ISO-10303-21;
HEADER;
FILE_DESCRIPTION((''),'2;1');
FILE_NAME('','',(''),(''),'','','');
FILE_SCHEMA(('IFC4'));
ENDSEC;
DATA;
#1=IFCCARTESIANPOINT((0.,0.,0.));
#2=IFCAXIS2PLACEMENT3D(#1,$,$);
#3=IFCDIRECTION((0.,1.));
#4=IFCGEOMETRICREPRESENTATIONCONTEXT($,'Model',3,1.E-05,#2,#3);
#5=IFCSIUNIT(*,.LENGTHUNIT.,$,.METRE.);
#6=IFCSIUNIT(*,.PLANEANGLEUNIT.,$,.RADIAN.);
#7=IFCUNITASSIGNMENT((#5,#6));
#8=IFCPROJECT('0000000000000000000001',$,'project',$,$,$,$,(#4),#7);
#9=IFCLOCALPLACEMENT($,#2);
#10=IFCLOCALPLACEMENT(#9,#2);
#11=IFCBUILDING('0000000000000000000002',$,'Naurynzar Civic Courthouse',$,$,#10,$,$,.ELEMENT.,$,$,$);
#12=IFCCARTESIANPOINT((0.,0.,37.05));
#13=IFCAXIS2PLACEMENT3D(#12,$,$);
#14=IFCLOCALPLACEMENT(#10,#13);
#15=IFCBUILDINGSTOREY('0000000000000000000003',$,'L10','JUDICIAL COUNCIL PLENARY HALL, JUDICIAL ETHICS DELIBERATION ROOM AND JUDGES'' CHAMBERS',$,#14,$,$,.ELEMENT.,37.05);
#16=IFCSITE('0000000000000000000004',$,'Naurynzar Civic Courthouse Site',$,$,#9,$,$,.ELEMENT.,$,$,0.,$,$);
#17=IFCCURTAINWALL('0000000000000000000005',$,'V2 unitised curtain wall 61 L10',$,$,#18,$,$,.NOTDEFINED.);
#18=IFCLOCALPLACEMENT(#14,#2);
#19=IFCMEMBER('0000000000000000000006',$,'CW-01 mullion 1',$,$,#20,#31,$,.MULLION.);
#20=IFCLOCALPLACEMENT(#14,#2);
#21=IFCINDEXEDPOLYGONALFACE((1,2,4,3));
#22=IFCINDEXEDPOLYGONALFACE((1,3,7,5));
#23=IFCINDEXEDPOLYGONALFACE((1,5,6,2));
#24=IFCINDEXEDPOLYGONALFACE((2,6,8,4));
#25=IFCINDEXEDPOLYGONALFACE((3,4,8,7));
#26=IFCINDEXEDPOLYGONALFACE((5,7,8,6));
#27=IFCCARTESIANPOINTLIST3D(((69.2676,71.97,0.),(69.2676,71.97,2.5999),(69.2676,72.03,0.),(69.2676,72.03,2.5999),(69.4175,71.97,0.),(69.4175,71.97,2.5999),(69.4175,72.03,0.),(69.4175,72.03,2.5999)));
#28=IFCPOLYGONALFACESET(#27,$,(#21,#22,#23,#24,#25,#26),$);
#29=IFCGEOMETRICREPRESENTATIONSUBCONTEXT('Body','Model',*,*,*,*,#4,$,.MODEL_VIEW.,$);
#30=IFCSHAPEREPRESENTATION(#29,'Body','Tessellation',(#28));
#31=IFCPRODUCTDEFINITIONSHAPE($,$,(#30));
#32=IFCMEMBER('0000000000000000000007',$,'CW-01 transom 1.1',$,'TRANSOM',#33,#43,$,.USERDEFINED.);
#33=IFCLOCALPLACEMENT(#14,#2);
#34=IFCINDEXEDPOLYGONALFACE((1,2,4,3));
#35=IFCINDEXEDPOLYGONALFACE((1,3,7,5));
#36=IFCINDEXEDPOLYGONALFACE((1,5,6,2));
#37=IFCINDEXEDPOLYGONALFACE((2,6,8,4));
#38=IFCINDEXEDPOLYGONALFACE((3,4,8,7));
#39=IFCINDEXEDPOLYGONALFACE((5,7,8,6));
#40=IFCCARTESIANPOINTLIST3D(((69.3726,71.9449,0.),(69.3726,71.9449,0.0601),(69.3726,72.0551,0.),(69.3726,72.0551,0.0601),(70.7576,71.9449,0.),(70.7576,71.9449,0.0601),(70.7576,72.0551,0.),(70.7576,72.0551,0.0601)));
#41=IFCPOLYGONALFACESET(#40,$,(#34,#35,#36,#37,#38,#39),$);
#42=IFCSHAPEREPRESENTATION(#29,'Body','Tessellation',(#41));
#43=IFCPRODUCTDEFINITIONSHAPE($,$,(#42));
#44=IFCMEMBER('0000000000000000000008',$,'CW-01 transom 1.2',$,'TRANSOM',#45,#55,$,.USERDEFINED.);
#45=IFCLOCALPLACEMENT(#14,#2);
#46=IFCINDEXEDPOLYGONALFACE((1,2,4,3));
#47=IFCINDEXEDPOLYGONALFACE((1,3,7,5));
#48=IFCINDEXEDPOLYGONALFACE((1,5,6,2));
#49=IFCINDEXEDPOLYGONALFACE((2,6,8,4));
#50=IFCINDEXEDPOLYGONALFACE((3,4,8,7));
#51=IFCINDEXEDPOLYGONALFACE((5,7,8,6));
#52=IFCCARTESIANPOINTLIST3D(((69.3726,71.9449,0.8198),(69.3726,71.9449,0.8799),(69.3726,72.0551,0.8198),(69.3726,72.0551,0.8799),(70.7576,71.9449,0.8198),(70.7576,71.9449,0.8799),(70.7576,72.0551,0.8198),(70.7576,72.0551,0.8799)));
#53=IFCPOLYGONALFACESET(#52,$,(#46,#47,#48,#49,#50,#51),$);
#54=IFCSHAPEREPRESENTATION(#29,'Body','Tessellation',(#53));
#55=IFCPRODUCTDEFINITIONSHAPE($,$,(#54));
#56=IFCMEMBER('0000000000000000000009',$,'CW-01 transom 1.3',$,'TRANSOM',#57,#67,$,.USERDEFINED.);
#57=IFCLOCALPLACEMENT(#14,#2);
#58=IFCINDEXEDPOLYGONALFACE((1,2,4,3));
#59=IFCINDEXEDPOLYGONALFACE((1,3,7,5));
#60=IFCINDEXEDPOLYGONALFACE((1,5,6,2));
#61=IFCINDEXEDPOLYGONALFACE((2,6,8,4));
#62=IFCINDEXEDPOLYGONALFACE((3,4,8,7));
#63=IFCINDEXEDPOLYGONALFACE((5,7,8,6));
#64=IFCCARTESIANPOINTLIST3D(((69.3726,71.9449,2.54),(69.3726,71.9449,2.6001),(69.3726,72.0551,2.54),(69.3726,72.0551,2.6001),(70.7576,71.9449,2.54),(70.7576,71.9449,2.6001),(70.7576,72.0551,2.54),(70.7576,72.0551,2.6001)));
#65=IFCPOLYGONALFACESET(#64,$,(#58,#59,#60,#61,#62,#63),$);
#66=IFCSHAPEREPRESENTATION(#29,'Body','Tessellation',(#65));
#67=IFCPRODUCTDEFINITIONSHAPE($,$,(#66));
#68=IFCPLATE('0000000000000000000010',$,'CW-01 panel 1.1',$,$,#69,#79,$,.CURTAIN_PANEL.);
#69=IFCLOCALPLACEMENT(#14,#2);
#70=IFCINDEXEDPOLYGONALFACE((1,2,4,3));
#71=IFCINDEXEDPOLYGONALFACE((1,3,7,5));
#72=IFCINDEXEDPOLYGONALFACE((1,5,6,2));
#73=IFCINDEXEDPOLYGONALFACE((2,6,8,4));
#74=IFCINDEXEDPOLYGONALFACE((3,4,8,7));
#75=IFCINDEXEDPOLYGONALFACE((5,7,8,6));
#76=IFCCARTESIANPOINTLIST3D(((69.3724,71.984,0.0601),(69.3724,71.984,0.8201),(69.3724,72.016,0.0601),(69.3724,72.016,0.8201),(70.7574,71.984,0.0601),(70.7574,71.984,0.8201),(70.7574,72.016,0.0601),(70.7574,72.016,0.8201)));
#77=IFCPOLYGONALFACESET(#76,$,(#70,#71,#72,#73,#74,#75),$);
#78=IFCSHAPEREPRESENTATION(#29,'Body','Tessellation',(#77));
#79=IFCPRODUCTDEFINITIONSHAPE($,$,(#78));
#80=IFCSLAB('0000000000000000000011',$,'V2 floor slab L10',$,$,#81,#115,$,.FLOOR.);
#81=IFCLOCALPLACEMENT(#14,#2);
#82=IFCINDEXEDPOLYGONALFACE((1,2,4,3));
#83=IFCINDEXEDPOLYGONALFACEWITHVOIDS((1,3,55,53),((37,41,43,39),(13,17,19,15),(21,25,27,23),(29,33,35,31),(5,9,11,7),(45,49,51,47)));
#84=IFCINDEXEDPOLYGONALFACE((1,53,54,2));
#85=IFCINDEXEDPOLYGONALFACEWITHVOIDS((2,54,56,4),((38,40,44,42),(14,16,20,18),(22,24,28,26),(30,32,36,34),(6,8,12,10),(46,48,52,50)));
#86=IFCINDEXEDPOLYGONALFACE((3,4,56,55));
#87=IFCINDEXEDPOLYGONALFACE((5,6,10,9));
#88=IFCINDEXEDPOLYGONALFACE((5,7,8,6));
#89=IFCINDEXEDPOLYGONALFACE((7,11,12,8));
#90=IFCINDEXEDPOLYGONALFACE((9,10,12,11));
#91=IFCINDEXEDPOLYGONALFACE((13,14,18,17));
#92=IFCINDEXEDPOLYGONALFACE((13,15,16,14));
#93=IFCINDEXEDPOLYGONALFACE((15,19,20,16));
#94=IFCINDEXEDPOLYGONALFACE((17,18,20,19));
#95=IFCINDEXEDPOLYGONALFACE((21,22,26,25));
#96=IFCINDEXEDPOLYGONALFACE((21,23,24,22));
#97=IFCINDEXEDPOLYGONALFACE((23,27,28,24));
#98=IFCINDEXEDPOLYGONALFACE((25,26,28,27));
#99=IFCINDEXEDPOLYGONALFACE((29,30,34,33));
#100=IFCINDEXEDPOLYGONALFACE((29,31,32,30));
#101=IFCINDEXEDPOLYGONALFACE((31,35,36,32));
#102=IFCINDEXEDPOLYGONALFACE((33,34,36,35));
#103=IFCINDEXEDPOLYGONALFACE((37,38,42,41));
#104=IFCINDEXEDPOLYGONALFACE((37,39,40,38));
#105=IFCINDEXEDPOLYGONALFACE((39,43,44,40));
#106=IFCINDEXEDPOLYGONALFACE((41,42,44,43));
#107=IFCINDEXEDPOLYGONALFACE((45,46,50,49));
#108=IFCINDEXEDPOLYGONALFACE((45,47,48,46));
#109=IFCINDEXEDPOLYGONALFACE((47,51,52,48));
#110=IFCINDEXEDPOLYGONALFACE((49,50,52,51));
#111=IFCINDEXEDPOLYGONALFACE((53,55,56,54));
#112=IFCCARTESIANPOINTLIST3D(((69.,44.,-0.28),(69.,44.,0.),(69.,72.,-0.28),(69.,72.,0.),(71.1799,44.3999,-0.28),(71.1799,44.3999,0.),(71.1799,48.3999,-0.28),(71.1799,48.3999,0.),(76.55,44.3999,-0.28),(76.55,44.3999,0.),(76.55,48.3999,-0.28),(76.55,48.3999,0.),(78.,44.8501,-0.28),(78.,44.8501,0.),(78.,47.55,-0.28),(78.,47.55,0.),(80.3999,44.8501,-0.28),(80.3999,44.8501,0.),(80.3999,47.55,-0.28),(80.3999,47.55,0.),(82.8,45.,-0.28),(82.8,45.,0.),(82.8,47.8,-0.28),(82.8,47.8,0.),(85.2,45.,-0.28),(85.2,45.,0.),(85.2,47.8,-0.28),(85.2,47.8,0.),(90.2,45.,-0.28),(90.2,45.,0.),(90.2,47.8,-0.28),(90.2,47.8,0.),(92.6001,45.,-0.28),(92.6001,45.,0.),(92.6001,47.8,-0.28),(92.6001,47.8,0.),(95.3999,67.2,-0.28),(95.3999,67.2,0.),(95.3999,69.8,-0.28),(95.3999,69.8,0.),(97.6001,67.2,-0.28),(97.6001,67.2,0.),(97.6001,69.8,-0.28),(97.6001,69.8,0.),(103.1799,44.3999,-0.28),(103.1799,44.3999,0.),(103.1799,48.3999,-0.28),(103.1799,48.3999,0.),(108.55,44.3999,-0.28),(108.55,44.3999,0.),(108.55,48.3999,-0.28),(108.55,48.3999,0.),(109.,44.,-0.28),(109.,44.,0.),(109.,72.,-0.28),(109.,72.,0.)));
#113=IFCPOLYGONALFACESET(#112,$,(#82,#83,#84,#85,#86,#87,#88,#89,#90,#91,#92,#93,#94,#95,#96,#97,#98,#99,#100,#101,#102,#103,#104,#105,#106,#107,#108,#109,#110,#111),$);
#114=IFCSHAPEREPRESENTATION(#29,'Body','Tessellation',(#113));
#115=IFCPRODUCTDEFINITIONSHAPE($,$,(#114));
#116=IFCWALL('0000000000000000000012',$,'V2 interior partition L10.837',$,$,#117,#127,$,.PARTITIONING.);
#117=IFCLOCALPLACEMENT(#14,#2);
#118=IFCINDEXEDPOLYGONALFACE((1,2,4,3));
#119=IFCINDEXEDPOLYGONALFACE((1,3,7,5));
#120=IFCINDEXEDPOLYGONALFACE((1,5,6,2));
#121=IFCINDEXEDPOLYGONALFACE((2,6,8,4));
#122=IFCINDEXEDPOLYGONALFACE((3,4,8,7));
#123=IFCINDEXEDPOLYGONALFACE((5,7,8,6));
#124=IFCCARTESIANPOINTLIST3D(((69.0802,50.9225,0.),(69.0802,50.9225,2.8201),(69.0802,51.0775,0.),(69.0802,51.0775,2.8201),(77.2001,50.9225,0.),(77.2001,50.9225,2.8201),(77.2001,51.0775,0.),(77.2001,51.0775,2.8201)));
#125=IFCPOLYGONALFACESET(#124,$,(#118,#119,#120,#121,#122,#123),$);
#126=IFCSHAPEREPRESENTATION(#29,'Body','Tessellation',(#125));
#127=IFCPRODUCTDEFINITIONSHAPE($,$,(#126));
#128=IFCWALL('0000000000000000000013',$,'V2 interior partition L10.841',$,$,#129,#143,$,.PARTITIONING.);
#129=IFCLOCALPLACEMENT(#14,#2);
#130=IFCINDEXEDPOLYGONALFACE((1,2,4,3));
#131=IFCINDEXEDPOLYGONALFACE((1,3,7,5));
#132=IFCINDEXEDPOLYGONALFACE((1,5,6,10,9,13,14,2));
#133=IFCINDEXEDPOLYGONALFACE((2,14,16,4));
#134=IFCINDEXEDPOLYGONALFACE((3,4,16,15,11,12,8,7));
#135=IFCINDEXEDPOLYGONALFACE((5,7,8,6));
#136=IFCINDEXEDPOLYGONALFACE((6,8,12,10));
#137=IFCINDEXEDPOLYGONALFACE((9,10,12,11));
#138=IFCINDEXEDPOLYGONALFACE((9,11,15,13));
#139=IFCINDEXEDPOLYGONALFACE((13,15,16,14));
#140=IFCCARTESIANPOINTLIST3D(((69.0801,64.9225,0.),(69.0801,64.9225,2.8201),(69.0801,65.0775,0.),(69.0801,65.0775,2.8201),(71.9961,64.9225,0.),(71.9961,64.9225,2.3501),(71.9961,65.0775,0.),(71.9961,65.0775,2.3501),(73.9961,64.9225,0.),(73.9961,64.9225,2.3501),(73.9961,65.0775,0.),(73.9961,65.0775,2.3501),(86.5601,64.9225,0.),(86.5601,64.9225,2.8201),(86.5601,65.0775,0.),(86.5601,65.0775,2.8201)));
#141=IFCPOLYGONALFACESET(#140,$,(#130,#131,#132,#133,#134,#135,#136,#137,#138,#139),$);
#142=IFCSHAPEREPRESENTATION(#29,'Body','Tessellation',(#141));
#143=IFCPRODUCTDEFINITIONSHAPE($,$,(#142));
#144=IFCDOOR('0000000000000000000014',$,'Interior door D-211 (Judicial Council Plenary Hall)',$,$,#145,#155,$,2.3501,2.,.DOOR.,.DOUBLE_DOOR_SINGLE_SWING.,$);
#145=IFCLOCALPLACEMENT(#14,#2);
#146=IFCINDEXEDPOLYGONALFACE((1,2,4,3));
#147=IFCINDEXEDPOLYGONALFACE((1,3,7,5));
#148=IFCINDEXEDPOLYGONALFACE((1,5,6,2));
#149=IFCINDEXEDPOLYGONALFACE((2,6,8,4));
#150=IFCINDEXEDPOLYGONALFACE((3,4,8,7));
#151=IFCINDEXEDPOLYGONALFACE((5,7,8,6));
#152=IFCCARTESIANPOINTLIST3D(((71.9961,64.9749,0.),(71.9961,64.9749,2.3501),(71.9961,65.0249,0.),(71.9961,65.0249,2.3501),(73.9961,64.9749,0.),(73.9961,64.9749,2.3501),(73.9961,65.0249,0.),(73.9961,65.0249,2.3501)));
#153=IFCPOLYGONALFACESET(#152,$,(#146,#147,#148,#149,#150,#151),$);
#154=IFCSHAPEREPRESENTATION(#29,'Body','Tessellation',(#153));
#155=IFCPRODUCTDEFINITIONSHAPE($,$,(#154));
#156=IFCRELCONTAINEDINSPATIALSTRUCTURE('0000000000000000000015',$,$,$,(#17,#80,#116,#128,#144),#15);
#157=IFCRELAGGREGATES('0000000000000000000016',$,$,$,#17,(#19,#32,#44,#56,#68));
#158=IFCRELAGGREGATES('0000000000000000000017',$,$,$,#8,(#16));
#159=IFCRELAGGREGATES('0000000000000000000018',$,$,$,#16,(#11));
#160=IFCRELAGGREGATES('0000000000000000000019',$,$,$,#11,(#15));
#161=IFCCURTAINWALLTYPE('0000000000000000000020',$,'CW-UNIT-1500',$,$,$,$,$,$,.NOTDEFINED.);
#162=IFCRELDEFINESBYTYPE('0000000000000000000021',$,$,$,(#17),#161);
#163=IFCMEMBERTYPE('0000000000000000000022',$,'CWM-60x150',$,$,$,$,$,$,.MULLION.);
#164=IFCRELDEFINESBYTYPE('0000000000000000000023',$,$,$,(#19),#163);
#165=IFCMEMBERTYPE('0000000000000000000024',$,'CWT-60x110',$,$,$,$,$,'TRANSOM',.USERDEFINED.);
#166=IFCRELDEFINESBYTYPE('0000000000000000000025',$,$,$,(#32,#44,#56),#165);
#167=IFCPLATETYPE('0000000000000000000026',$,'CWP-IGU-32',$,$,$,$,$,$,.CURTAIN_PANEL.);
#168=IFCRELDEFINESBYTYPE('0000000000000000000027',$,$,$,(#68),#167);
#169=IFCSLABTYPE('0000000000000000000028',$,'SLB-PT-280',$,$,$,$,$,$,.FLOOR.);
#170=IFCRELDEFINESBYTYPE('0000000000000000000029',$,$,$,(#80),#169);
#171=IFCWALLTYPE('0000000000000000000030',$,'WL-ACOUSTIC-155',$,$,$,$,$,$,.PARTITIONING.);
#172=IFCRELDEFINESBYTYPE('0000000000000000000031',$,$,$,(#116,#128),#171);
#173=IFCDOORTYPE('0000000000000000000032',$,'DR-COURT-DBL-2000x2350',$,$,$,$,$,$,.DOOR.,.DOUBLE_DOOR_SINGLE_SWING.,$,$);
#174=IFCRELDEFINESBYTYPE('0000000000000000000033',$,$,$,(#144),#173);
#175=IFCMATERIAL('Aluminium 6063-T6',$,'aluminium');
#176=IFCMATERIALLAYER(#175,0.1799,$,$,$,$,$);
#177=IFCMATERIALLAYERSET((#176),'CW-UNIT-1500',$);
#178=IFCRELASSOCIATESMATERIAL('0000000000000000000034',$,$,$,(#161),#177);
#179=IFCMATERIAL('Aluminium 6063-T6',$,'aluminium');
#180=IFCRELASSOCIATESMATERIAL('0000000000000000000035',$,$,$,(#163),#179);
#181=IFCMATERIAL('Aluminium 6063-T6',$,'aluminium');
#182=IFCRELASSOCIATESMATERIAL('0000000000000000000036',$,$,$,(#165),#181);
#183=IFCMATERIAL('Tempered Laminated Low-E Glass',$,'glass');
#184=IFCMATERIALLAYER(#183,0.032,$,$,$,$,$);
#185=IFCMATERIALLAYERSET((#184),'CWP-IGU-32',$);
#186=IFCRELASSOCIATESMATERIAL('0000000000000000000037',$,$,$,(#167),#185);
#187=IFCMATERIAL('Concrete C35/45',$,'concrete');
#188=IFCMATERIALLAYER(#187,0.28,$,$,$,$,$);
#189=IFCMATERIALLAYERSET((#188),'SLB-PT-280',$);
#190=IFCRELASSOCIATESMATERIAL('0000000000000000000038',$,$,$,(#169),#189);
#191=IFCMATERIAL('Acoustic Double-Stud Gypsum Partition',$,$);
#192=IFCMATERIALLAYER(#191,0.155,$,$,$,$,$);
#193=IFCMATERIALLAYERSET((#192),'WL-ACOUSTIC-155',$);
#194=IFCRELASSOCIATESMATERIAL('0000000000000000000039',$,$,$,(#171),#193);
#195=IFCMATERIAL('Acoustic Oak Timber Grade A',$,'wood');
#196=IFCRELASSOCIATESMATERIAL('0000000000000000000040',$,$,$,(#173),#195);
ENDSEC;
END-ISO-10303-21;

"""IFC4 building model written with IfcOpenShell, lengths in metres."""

from ifc_helpers import new_model, si_unit, direction, frame, frame_2d, origin, origin_2d, place, context, subcontext, project, spatial, polyline, rectangle, outline, extrude, material, layer, layer_set, material_profile, profile_set, type_object, element, fill, aggregate, save


model = new_model("IFC4")

# Units and contexts
model_context = context("Model", 3, precision=1e-05, world=origin(), true_north=direction((0.0, 1.0)))
body_context = subcontext(model_context, "Body", "Model", "MODEL_VIEW")
ifc_project = project(units=[si_unit("LENGTHUNIT", "METRE"), si_unit("PLANEANGLEUNIT", "RADIAN")], contexts=[model_context])

# Site, building, storey
site_placement = place(None, origin())
site = spatial("IfcSite", under=ifc_project, at=site_placement, Name="Naurynzar Civic Courthouse Site", CompositionType="ELEMENT", RefElevation=0.0)
building_placement = place(site_placement, origin())
building = spatial("IfcBuilding", under=site, at=building_placement, Name="Naurynzar Civic Courthouse", CompositionType="ELEMENT")
storey_placement = place(building_placement, frame((0.0, 0.0, 37.05)))
storey = spatial("IfcBuildingStorey", under=building, at=storey_placement, Name="L10", Description="JUDICIAL COUNCIL PLENARY HALL, JUDICIAL ETHICS DELIBERATION ROOM AND JUDGES' CHAMBERS", CompositionType="ELEMENT", Elevation=37.05)

# Curtain wall, members, plate
ifc_material_1 = material(Name="Aluminium 6063-T6", Category="aluminium")
ifc_layer_1 = layer(ifc_material_1, 0.1799)
ifc_layer_set_1 = layer_set([ifc_layer_1], Name="CW-UNIT-1500")
curtain_wall_type = type_object("IfcCurtainWallType", Name="CW-UNIT-1500", PredefinedType="NOTDEFINED", material=ifc_layer_set_1)
curtain_wall_placement = place(storey_placement, origin())
curtain_wall = element("IfcCurtainWall", 1, at=curtain_wall_placement, inside=storey, type_object=curtain_wall_type, Name="V2 unitised curtain wall 61 L10", PredefinedType="NOTDEFINED")
ifc_material_2 = material(Name="Aluminium 6063-T6", Category="aluminium")
ifc_material_profile_1 = material_profile(ifc_material_2, rectangle(XDim=0.0601, YDim=0.1499, at=origin_2d()), Name="ALU MULLION 60x150")
ifc_profile_set_1 = profile_set([ifc_material_profile_1], Name="Aluminium 6063-T6")
member_type_1 = type_object("IfcMemberType", Name="CWM-60x150", PredefinedType="MULLION", material=ifc_profile_set_1)
member_1_placement = place(storey_placement, frame((69.3425, 72.0, 0.0), z_axis=(0.0, 0.0, 1.0), x_axis=(0.0, 1.0, 0.0)))
member_1 = element("IfcMember", 2, at=member_1_placement, type_object=member_type_1, Name="CW-01 mullion 1", PredefinedType="MULLION", context=body_context, shape_type="SweptSolid", body=[
    extrude(rectangle(XDim=0.0601, YDim=0.1499, at=origin_2d()), origin(), (0.0, 0.0, 1.0), 2.5999),
])
ifc_material_3 = material(Name="Aluminium 6063-T6", Category="aluminium")
ifc_material_profile_2 = material_profile(ifc_material_3, rectangle(XDim=0.1101, YDim=0.0601, at=origin_2d()), Name="ALU TRANSOM 60x110")
ifc_profile_set_2 = profile_set([ifc_material_profile_2], Name="Aluminium 6063-T6")
member_type_2 = type_object("IfcMemberType", Name="CWT-60x110", ElementType="TRANSOM", PredefinedType="USERDEFINED", material=ifc_profile_set_2)
member_2_placement = place(storey_placement, frame((69.3726, 72.0, 0.03), z_axis=(1.0, 0.0, 0.0), x_axis=(0.0, 1.0, 0.0)))
member_2 = element("IfcMember", 3, at=member_2_placement, type_object=member_type_2, Name="CW-01 transom 1.1", ObjectType="TRANSOM", PredefinedType="USERDEFINED", context=body_context, shape_type="SweptSolid", body=[
    extrude(rectangle(XDim=0.1101, YDim=0.0601, at=origin_2d()), origin(), (0.0, 0.0, 1.0), 1.385),
])
member_3_placement = place(storey_placement, frame((69.3726, 72.0, 0.8499), z_axis=(1.0, 0.0, 0.0), x_axis=(0.0, 1.0, 0.0)))
member_3 = element("IfcMember", 4, at=member_3_placement, type_object=member_type_2, Name="CW-01 transom 1.2", ObjectType="TRANSOM", PredefinedType="USERDEFINED", context=body_context, shape_type="SweptSolid", body=[
    extrude(rectangle(XDim=0.1101, YDim=0.0601, at=origin_2d()), origin(), (0.0, 0.0, 1.0), 1.385),
])
member_4_placement = place(storey_placement, frame((69.3726, 72.0, 2.5701), z_axis=(1.0, 0.0, 0.0), x_axis=(0.0, 1.0, 0.0)))
member_4 = element("IfcMember", 5, at=member_4_placement, type_object=member_type_2, Name="CW-01 transom 1.3", ObjectType="TRANSOM", PredefinedType="USERDEFINED", context=body_context, shape_type="SweptSolid", body=[
    extrude(rectangle(XDim=0.1101, YDim=0.0601, at=origin_2d()), origin(), (0.0, 0.0, 1.0), 1.385),
])
ifc_material_4 = material(Name="Tempered Laminated Low-E Glass", Category="glass")
ifc_layer_2 = layer(ifc_material_4, 0.032)
ifc_layer_set_2 = layer_set([ifc_layer_2], Name="CWP-IGU-32")
plate_type = type_object("IfcPlateType", Name="CWP-IGU-32", PredefinedType="CURTAIN_PANEL", material=ifc_layer_set_2)
plate_placement = place(storey_placement, frame((70.0649, 72.0, 0.0601), z_axis=(0.0, 0.0, 1.0), x_axis=(1.0, 0.0, 0.0)))
plate = element("IfcPlate", 6, at=plate_placement, type_object=plate_type, Name="CW-01 panel 1.1", PredefinedType="CURTAIN_PANEL", context=body_context, shape_type="SweptSolid", body=[
    extrude(rectangle(XDim=1.385, YDim=0.032, at=origin_2d()), origin(), (0.0, 0.0, 1.0), 0.76),
])
aggregate(curtain_wall, [member_1, member_2, member_3, member_4, plate])

# Slab
ifc_material_5 = material(Name="Concrete C35/45", Category="concrete")
ifc_layer_3 = layer(ifc_material_5, 0.28)
ifc_layer_set_3 = layer_set([ifc_layer_3], Name="SLB-PT-280")
slab_type = type_object("IfcSlabType", Name="SLB-PT-280", PredefinedType="FLOOR", material=ifc_layer_set_3)
slab_placement = place(storey_placement, frame((0.0, 0.0, -0.28)))
element("IfcSlab", 7, at=slab_placement, inside=storey, type_object=slab_type, Name="V2 floor slab L10", PredefinedType="FLOOR", context=body_context, shape_type="SweptSolid", body=[
    extrude(outline(polyline([(109.0, 44.0), (109.0, 72.0), (69.0, 72.0), (69.0, 44.0), (109.0, 44.0)]), holes=[polyline([(71.1799, 44.3999), (76.55, 44.3999), (76.55, 48.3999), (71.1799, 48.3999), (71.1799, 44.3999)]), polyline([(103.1799, 44.3999), (108.55, 44.3999), (108.55, 48.3999), (103.1799, 48.3999), (103.1799, 44.3999)]), polyline([(78.0, 44.8501), (80.3999, 44.8501), (80.3999, 47.55), (78.0, 47.55), (78.0, 44.8501)]), polyline([(82.8, 45.0), (85.2, 45.0), (85.2, 47.8), (82.8, 47.8), (82.8, 45.0)]), polyline([(90.2, 45.0), (92.6001, 45.0), (92.6001, 47.8), (90.2, 47.8), (90.2, 45.0)]), polyline([(95.3999, 67.2), (97.6001, 67.2), (97.6001, 69.8), (95.3999, 69.8), (95.3999, 67.2)])]), origin(), (0.0, 0.0, 1.0), 0.28),
])

# Wall
ifc_material_6 = material(Name="Acoustic Double-Stud Gypsum Partition")
ifc_layer_4 = layer(ifc_material_6, 0.155)
ifc_layer_set_4 = layer_set([ifc_layer_4], Name="WL-ACOUSTIC-155")
wall_type_1 = type_object("IfcWallType", Name="WL-ACOUSTIC-155", PredefinedType="PARTITIONING", material=ifc_layer_set_4)
wall_1_placement = place(storey_placement, frame((69.0801, 51.0, 0.0), z_axis=(0.0, 0.0, 1.0), x_axis=(1.0, 0.0, 0.0)))
element("IfcWall", 8, at=wall_1_placement, inside=storey, type_object=wall_type_1, Name="V2 interior partition L10.837", PredefinedType="PARTITIONING", context=body_context, shape_type="SweptSolid", body=[
    extrude(rectangle(XDim=8.1199, YDim=0.155, at=frame_2d((4.0601, 0.0))), origin(), (0.0, 0.0, 1.0), 2.8201),
])

# Wall, opening, door
wall_2_placement = place(storey_placement, frame((69.0801, 65.0, 0.0), z_axis=(0.0, 0.0, 1.0), x_axis=(1.0, 0.0, 0.0)))
wall_2 = element("IfcWall", 9, at=wall_2_placement, inside=storey, type_object=wall_type_1, Name="V2 interior partition L10.841", PredefinedType="PARTITIONING", context=body_context, shape_type="SweptSolid", body=[
    extrude(rectangle(XDim=17.48, YDim=0.155, at=frame_2d((8.74, 0.0))), origin(), (0.0, 0.0, 1.0), 2.8201),
])
opening_1_placement = place(wall_2_placement, frame((2.916, 0.0, 0.0)))
opening_1 = element("IfcOpeningElement", 10, at=opening_1_placement, cuts=wall_2, PredefinedType="OPENING", context=body_context, shape_type="SweptSolid", body=[
    extrude(rectangle(XDim=2.0, YDim=2.3501, at=frame_2d((1.0, 1.175))), frame((0.0, 0.0874, 0.0), z_axis=(0.0, -1.0, 0.0), x_axis=(1.0, 0.0, 0.0)), (0.0, 0.0, 1.0), 0.175),
])
ifc_material_7 = material(Name="Acoustic Oak Timber Grade A", Category="wood")
door_type_1 = type_object("IfcDoorType", Name="DR-COURT-DBL-2000x2350", OperationType="DOUBLE_DOOR_SINGLE_SWING", PredefinedType="DOOR", material=ifc_material_7)
door_1_placement = place(opening_1_placement, origin())
door_1 = element("IfcDoor", 11, at=door_1_placement, inside=storey, type_object=door_type_1, Name="Interior door D-211 (Judicial Council Plenary Hall)", OperationType="DOUBLE_DOOR_SINGLE_SWING", OverallHeight=2.3501, OverallWidth=2.0, PredefinedType="DOOR", context=body_context, shape_type="SweptSolid", body=[
    extrude(rectangle(XDim=2.0, YDim=2.3501, at=frame_2d((1.0, 1.175))), frame((0.0, 0.0249, 0.0), z_axis=(0.0, -1.0, 0.0), x_axis=(1.0, 0.0, 0.0)), (0.0, 0.0, 1.0), 0.05),
])
fill(opening_1, door_1)

save(model, "model.ifc")
